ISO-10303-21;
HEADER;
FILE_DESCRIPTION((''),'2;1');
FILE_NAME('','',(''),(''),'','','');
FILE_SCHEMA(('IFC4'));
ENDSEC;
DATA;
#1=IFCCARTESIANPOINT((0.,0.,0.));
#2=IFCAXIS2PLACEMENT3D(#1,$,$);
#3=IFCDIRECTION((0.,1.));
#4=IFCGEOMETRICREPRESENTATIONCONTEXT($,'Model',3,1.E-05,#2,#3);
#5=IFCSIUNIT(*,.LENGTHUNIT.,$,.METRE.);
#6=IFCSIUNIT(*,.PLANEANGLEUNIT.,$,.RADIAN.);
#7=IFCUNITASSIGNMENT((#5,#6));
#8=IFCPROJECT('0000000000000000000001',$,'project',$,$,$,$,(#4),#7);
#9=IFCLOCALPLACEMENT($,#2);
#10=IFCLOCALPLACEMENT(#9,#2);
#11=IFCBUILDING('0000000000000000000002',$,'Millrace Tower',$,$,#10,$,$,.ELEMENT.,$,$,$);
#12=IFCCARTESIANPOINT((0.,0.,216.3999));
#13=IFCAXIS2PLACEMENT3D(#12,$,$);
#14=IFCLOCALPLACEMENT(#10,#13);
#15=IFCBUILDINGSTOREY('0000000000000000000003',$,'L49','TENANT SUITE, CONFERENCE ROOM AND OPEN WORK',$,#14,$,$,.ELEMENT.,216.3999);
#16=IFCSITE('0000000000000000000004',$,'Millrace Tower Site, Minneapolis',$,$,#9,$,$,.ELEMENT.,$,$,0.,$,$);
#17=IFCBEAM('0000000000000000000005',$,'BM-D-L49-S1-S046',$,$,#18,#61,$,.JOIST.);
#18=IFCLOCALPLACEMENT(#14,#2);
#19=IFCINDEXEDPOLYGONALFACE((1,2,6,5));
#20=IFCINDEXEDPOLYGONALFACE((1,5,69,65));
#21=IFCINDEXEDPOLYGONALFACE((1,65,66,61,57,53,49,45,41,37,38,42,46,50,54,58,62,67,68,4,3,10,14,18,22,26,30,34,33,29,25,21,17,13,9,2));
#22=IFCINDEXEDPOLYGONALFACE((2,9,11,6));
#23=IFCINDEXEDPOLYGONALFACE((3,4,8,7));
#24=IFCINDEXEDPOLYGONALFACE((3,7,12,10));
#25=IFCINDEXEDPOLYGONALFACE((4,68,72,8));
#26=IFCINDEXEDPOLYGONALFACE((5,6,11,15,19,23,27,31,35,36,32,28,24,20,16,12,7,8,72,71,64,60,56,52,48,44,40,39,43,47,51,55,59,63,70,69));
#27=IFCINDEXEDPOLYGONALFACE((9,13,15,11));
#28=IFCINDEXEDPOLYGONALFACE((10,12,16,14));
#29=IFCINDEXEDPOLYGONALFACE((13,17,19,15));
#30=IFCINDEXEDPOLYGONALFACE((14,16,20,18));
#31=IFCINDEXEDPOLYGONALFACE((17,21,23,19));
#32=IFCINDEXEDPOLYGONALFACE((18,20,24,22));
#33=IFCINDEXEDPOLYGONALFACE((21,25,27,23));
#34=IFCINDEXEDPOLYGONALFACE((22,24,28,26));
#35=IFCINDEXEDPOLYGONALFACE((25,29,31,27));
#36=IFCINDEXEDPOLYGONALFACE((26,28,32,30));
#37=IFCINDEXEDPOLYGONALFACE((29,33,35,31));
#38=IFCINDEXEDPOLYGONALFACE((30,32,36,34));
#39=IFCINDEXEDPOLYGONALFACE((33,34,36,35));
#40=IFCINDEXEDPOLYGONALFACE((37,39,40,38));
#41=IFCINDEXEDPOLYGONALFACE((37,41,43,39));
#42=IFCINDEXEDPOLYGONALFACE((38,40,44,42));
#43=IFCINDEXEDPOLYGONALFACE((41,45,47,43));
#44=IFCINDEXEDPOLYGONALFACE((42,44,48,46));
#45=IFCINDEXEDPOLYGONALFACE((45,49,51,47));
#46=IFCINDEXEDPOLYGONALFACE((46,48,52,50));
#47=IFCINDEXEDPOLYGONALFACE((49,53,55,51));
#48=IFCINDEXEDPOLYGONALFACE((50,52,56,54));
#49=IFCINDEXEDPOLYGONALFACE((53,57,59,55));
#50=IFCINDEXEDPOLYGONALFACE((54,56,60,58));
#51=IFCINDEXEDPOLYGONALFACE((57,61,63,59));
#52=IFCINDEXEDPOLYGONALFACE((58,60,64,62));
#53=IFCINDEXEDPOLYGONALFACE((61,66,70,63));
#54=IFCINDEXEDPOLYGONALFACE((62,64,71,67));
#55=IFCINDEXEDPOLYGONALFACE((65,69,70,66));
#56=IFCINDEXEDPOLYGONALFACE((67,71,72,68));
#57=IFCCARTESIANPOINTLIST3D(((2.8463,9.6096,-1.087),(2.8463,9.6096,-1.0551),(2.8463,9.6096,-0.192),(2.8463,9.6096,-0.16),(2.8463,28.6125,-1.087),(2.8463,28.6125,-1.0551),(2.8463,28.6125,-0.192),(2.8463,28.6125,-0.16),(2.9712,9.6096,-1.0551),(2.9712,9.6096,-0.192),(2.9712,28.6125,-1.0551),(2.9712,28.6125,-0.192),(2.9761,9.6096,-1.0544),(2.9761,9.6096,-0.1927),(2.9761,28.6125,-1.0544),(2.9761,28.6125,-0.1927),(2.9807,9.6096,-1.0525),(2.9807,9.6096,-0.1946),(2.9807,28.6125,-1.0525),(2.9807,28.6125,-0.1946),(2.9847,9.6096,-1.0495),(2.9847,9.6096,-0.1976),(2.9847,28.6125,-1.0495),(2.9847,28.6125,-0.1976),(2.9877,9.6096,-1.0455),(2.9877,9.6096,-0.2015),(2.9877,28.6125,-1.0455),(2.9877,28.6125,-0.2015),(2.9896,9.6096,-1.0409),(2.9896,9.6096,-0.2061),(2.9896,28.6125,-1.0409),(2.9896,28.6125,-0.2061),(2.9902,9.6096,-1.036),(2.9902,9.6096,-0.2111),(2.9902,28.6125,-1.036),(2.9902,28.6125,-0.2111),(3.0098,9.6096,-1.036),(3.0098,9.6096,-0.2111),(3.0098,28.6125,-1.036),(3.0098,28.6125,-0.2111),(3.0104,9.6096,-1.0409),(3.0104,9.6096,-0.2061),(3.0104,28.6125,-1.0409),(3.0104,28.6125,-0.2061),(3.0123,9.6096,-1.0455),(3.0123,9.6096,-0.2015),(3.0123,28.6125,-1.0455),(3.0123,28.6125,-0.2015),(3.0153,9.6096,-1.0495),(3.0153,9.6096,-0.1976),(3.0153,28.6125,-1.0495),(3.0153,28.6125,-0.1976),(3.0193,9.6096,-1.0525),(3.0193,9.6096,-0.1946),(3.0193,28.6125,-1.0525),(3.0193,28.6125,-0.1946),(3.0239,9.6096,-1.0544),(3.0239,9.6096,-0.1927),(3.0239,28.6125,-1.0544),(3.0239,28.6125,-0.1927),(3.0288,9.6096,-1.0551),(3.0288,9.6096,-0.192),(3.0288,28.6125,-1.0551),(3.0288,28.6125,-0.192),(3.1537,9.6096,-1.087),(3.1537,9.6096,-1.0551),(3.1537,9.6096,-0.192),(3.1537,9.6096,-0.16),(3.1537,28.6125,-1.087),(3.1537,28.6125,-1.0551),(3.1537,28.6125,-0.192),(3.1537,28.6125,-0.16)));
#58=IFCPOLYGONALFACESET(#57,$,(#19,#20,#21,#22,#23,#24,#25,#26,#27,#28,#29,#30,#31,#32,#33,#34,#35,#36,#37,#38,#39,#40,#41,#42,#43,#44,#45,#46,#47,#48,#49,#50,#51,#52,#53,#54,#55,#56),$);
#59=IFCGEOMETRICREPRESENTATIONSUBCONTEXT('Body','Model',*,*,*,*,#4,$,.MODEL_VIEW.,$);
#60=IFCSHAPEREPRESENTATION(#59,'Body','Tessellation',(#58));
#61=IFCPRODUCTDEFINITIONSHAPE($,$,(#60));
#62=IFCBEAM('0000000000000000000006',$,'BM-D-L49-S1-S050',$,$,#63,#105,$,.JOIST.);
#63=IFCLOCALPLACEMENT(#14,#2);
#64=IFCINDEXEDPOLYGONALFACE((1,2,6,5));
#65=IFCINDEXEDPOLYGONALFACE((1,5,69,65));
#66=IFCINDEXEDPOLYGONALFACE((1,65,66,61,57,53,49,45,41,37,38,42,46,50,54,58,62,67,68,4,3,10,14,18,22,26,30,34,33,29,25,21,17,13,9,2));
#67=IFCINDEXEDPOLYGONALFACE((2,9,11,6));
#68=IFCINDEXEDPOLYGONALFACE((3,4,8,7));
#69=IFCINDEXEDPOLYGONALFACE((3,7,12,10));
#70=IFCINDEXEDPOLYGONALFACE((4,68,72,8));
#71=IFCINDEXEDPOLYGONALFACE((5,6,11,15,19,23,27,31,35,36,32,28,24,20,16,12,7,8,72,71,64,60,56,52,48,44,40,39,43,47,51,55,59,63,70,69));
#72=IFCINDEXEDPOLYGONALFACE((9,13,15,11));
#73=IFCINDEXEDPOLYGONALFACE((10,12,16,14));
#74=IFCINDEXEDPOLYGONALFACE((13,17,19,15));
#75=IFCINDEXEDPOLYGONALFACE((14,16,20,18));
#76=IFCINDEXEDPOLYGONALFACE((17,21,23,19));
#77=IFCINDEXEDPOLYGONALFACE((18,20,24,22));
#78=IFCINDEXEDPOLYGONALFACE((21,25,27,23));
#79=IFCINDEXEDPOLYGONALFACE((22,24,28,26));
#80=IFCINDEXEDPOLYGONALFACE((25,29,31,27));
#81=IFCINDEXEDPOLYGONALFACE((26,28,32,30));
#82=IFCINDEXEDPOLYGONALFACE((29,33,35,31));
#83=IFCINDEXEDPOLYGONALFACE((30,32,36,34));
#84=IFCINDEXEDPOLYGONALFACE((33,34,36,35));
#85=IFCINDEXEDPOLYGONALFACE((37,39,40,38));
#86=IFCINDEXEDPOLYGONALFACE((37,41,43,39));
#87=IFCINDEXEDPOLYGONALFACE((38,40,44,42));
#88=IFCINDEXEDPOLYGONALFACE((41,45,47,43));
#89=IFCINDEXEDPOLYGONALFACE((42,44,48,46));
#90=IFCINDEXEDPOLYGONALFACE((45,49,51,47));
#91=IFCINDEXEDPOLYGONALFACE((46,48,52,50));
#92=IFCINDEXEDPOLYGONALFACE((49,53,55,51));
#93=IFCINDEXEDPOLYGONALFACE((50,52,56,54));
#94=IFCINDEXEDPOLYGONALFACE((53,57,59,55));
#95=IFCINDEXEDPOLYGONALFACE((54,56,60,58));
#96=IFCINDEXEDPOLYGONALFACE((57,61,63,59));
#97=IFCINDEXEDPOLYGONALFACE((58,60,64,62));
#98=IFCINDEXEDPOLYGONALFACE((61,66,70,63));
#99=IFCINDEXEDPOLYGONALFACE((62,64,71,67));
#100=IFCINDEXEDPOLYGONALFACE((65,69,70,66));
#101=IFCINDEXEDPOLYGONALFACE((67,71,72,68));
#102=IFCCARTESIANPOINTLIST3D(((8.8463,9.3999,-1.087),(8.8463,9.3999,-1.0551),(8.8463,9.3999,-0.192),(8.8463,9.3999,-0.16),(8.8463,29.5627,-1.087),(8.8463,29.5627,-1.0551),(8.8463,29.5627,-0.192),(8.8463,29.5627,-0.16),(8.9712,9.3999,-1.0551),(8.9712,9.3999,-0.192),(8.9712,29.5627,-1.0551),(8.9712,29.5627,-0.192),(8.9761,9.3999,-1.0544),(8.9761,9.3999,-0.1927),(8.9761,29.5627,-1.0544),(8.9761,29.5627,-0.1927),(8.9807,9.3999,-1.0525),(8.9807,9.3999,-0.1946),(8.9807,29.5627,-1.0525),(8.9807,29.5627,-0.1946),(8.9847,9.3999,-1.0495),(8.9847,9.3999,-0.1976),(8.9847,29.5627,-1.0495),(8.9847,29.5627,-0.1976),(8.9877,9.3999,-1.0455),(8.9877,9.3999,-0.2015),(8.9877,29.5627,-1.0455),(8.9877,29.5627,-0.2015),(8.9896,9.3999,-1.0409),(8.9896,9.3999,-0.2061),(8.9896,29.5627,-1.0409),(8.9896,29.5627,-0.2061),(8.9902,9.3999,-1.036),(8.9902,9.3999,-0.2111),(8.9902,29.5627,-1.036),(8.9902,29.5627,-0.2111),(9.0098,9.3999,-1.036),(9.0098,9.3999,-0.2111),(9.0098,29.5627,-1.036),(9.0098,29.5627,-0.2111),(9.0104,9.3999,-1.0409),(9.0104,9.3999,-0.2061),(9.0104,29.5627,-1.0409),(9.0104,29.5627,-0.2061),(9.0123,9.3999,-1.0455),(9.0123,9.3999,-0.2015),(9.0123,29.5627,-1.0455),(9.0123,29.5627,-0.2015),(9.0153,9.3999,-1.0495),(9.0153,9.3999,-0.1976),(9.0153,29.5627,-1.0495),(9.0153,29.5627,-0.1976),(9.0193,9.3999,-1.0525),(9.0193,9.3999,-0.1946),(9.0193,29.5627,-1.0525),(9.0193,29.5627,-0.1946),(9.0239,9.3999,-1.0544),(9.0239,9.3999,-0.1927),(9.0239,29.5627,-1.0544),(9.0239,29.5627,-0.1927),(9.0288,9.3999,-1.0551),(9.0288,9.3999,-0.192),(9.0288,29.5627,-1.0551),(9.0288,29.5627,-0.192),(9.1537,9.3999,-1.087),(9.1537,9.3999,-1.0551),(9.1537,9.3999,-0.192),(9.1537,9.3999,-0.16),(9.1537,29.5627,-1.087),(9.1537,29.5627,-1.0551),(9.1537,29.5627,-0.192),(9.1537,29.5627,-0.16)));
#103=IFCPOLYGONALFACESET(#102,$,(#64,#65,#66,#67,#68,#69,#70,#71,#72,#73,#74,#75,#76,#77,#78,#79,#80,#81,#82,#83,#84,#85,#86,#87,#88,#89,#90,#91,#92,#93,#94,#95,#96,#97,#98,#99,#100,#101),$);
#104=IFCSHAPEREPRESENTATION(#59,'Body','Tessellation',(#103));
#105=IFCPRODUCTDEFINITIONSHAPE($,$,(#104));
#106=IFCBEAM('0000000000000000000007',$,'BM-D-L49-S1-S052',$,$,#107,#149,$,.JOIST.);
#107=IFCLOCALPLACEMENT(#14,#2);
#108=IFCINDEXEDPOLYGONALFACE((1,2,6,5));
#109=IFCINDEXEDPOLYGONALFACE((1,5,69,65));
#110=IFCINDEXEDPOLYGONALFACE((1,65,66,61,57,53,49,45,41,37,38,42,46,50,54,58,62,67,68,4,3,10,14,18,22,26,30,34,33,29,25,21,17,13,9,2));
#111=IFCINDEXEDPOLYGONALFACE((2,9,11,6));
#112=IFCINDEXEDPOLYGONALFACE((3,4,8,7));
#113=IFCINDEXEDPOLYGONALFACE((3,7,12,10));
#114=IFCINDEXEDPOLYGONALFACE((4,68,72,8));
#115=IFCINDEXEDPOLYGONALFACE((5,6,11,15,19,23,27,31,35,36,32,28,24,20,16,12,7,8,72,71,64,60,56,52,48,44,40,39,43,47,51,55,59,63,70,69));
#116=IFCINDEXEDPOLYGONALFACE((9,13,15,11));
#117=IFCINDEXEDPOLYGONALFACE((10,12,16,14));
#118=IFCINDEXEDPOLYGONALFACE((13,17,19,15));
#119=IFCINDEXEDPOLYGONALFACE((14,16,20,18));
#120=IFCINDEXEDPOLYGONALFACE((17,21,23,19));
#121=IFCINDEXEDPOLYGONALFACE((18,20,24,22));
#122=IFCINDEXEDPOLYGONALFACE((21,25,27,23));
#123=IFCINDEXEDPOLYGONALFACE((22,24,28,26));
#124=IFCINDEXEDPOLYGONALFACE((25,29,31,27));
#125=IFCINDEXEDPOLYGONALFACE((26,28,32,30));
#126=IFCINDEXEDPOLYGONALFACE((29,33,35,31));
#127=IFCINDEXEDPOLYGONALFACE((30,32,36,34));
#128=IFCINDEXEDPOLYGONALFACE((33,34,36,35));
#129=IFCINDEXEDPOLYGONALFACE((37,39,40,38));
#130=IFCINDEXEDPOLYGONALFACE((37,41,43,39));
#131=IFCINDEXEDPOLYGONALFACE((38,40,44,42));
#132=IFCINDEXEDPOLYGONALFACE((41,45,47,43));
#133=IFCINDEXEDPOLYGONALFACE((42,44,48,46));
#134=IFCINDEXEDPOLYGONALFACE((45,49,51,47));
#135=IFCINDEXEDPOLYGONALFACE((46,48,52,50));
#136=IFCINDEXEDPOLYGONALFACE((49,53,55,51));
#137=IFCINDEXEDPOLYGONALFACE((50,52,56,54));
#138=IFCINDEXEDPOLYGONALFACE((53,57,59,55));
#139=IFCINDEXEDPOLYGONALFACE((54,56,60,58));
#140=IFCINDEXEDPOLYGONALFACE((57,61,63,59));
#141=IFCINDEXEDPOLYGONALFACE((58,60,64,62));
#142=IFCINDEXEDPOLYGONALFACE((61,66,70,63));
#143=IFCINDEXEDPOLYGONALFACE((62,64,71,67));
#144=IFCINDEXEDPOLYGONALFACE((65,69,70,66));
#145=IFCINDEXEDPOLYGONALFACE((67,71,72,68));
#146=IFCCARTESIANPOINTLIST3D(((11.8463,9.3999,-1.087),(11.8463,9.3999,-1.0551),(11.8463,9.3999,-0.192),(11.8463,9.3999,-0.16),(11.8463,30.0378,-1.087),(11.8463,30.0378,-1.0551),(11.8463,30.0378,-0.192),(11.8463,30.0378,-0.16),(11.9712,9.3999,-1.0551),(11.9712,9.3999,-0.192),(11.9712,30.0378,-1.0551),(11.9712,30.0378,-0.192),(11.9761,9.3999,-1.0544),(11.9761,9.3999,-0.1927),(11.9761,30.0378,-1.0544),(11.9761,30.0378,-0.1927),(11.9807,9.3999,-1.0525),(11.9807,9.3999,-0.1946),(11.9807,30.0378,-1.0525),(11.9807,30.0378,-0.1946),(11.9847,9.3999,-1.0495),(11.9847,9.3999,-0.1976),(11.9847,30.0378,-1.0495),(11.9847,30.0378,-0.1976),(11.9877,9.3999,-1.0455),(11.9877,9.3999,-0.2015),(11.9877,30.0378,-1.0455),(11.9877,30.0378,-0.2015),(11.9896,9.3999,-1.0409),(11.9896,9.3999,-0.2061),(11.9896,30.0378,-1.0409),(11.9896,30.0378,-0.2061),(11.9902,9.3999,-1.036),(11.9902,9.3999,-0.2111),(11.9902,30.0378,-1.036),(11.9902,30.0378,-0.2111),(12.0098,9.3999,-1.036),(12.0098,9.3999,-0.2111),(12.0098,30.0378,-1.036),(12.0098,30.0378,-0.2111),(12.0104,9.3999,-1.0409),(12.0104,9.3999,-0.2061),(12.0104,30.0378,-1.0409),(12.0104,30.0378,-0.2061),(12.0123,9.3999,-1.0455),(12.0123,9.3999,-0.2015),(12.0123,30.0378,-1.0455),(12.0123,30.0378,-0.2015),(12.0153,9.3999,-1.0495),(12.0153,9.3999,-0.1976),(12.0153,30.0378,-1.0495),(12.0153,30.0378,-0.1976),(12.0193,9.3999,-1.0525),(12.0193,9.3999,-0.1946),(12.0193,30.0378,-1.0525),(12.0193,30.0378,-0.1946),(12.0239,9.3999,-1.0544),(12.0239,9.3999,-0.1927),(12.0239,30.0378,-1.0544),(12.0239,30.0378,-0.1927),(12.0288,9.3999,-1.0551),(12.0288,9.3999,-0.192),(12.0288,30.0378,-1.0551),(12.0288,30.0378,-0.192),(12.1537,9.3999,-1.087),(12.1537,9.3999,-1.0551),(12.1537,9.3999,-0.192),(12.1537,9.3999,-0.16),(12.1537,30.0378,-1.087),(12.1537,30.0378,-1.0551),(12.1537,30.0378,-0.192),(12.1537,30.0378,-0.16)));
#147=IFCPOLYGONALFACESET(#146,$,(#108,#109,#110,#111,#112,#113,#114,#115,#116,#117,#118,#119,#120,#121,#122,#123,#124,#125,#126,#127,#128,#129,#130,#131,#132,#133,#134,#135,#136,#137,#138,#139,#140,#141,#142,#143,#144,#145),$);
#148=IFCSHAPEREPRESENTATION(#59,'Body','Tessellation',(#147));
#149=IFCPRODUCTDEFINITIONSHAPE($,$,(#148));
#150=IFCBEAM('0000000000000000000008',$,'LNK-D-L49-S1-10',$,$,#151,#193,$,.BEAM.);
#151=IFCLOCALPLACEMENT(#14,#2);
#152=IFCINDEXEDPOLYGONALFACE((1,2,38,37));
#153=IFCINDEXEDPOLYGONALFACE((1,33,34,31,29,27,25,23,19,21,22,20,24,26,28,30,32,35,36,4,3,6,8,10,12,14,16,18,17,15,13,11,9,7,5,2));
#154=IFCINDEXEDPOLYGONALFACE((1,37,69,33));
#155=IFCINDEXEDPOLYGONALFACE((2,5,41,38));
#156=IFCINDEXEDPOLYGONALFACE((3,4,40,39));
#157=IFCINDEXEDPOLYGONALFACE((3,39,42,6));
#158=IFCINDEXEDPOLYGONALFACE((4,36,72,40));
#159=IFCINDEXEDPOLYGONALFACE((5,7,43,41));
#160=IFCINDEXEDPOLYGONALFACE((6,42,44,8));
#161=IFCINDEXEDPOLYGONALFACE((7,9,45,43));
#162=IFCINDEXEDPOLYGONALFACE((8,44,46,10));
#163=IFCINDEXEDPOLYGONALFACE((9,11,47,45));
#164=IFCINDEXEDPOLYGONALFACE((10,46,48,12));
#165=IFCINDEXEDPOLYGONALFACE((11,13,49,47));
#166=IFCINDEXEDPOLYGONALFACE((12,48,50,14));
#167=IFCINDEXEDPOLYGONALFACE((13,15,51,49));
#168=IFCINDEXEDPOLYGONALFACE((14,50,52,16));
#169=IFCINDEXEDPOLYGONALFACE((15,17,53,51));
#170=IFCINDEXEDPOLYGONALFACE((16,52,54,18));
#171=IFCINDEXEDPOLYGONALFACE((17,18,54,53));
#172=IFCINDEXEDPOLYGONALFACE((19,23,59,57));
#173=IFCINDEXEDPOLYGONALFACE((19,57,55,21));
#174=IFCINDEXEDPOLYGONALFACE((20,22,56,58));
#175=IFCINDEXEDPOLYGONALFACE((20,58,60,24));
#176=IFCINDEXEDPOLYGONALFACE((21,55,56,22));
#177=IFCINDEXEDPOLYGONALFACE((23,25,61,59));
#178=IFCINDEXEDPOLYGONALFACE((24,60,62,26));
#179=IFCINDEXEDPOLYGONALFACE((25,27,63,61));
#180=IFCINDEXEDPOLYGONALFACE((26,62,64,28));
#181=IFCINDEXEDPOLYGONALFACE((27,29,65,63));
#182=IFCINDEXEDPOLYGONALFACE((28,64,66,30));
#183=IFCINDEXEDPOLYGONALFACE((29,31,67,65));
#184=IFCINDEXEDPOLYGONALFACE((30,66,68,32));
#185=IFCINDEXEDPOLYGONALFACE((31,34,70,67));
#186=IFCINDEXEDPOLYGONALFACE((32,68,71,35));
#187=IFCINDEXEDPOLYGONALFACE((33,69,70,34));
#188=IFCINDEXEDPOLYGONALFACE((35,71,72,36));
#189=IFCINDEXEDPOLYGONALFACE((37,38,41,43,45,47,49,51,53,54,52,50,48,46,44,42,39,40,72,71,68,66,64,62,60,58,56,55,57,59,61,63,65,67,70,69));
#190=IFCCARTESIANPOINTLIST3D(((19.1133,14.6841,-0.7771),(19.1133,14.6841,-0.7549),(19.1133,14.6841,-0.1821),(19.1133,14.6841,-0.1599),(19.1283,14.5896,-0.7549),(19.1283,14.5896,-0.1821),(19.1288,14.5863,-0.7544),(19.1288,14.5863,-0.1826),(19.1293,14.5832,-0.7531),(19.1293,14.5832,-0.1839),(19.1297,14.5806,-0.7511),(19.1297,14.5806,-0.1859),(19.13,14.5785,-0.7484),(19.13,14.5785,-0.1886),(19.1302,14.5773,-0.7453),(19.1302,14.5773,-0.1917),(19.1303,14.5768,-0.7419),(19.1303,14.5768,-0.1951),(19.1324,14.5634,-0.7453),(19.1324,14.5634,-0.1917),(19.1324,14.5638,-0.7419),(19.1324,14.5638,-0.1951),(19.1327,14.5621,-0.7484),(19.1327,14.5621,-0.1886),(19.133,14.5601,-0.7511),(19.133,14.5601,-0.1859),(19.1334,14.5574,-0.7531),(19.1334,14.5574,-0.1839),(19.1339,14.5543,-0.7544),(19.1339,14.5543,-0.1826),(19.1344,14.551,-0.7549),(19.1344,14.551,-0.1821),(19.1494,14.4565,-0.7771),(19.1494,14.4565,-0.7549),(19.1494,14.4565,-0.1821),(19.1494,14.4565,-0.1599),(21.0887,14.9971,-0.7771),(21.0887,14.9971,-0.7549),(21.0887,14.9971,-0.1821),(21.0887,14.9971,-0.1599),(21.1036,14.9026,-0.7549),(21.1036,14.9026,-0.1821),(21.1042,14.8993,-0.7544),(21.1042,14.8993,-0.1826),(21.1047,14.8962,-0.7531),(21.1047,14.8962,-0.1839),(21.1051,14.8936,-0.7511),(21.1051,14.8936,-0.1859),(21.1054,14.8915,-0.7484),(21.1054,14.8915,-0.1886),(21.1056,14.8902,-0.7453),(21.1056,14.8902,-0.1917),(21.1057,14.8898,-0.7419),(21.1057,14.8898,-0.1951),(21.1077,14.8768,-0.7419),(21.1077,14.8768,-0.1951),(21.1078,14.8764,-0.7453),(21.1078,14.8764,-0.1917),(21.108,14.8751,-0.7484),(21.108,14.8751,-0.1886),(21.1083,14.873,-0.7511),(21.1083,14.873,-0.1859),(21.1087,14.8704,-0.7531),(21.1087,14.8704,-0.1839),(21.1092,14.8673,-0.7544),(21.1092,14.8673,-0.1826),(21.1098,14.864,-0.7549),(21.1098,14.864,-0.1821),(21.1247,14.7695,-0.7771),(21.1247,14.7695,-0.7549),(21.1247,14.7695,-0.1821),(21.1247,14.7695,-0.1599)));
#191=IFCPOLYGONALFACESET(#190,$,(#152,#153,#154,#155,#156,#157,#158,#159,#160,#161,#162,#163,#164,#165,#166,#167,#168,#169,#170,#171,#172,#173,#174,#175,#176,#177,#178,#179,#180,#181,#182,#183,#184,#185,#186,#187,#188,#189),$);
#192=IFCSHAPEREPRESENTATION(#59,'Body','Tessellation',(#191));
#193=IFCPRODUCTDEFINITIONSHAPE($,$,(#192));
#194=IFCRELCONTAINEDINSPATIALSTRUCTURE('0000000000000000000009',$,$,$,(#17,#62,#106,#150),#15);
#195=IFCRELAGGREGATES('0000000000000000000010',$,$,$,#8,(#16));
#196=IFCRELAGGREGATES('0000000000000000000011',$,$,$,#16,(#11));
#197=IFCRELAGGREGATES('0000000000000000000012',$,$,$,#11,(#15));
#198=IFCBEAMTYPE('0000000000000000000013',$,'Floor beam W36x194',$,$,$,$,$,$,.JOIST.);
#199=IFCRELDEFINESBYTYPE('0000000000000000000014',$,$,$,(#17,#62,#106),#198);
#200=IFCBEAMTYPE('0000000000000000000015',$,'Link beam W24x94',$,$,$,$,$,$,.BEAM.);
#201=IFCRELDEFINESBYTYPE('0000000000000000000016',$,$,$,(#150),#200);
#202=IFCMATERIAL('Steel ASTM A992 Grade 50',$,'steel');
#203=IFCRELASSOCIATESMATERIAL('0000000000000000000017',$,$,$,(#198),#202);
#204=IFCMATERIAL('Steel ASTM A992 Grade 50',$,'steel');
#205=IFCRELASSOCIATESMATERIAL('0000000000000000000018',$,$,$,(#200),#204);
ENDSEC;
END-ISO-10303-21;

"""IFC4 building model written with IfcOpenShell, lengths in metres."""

from ifc_helpers import new_model, si_unit, direction, frame, origin, origin_2d, place, context, subcontext, project, spatial, i_section, extrude, material, material_profile, profile_set, type_object, element, save


model = new_model("IFC4")

# Units and contexts
model_context = context("Model", 3, precision=1e-05, world=origin(), true_north=direction((0.0, 1.0)))
body_context = subcontext(model_context, "Body", "Model", "MODEL_VIEW")
ifc_project = project(units=[si_unit("LENGTHUNIT", "METRE"), si_unit("PLANEANGLEUNIT", "RADIAN")], contexts=[model_context])

# Site, building, storey
site_placement = place(None, origin())
site = spatial("IfcSite", under=ifc_project, at=site_placement, Name="Millrace Tower Site, Minneapolis", CompositionType="ELEMENT", RefElevation=0.0)
building_placement = place(site_placement, origin())
building = spatial("IfcBuilding", under=site, at=building_placement, Name="Millrace Tower", CompositionType="ELEMENT")
storey_placement = place(building_placement, frame((0.0, 0.0, 216.3999)))
storey = spatial("IfcBuildingStorey", under=building, at=storey_placement, Name="L49", Description="TENANT SUITE, CONFERENCE ROOM AND OPEN WORK", CompositionType="ELEMENT", Elevation=216.3999)

# Beams
ifc_material_1 = material(Name="Steel ASTM A992 Grade 50", Category="steel")
ifc_material_profile_1 = material_profile(ifc_material_1, i_section(OverallWidth=0.3074, OverallDepth=0.927, WebThickness=0.0195, FlangeThickness=0.032, FilletRadius=0.019, at=origin_2d()))
ifc_profile_set_1 = profile_set([ifc_material_profile_1], Name="Steel ASTM A992 Grade 50")
beam_type_1 = type_object("IfcBeamType", Name="Floor beam W36x194", PredefinedType="JOIST", material=ifc_profile_set_1)
beam_1_placement = place(storey_placement, frame((3.0, 9.6096, -0.6235), z_axis=(0.0, 1.0, 0.0), x_axis=(-1.0, 0.0, 0.0)))
element("IfcBeam", 1, at=beam_1_placement, inside=storey, type_object=beam_type_1, Name="BM-D-L49-S1-S046", PredefinedType="JOIST", context=body_context, shape_type="SweptSolid", body=[
    extrude(i_section(OverallWidth=0.3074, OverallDepth=0.927, WebThickness=0.0195, FlangeThickness=0.032, FilletRadius=0.019, at=origin_2d()), origin(), (0.0, 0.0, 1.0), 19.0029),
])
beam_2_placement = place(storey_placement, frame((9.0, 9.3999, -0.6235), z_axis=(0.0, 1.0, 0.0), x_axis=(-1.0, 0.0, 0.0)))
element("IfcBeam", 2, at=beam_2_placement, inside=storey, type_object=beam_type_1, Name="BM-D-L49-S1-S050", PredefinedType="JOIST", context=body_context, shape_type="SweptSolid", body=[
    extrude(i_section(OverallWidth=0.3074, OverallDepth=0.927, WebThickness=0.0195, FlangeThickness=0.032, FilletRadius=0.019, at=origin_2d()), origin(), (0.0, 0.0, 1.0), 20.1628),
])
beam_3_placement = place(storey_placement, frame((12.0, 9.3999, -0.6235), z_axis=(0.0, 1.0, 0.0), x_axis=(-1.0, 0.0, 0.0)))
element("IfcBeam", 3, at=beam_3_placement, inside=storey, type_object=beam_type_1, Name="BM-D-L49-S1-S052", PredefinedType="JOIST", context=body_context, shape_type="SweptSolid", body=[
    extrude(i_section(OverallWidth=0.3074, OverallDepth=0.927, WebThickness=0.0195, FlangeThickness=0.032, FilletRadius=0.019, at=origin_2d()), origin(), (0.0, 0.0, 1.0), 20.6379),
])
ifc_material_2 = material(Name="Steel ASTM A992 Grade 50", Category="steel")
ifc_material_profile_2 = material_profile(ifc_material_2, i_section(OverallWidth=0.2305, OverallDepth=0.6172, WebThickness=0.0132, FlangeThickness=0.0222, FilletRadius=0.0129, at=origin_2d()))
ifc_profile_set_2 = profile_set([ifc_material_profile_2], Name="Steel ASTM A992 Grade 50")
beam_type_2 = type_object("IfcBeamType", Name="Link beam W24x94", PredefinedType="BEAM", material=ifc_profile_set_2)
beam_4_placement = place(storey_placement, frame((19.1313, 14.5703, -0.4685), z_axis=(0.987679, 0.156495, 0.0), x_axis=(-0.156495, 0.987679, 0.0)))
element("IfcBeam", 4, at=beam_4_placement, inside=storey, type_object=beam_type_2, Name="LNK-D-L49-S1-10", PredefinedType="BEAM", context=body_context, shape_type="SweptSolid", body=[
    extrude(i_section(OverallWidth=0.2305, OverallDepth=0.6172, WebThickness=0.0132, FlangeThickness=0.0222, FilletRadius=0.0129, at=origin_2d()), origin(), (0.0, 0.0, 1.0), 2.0),
])

save(model, "model.ifc")
